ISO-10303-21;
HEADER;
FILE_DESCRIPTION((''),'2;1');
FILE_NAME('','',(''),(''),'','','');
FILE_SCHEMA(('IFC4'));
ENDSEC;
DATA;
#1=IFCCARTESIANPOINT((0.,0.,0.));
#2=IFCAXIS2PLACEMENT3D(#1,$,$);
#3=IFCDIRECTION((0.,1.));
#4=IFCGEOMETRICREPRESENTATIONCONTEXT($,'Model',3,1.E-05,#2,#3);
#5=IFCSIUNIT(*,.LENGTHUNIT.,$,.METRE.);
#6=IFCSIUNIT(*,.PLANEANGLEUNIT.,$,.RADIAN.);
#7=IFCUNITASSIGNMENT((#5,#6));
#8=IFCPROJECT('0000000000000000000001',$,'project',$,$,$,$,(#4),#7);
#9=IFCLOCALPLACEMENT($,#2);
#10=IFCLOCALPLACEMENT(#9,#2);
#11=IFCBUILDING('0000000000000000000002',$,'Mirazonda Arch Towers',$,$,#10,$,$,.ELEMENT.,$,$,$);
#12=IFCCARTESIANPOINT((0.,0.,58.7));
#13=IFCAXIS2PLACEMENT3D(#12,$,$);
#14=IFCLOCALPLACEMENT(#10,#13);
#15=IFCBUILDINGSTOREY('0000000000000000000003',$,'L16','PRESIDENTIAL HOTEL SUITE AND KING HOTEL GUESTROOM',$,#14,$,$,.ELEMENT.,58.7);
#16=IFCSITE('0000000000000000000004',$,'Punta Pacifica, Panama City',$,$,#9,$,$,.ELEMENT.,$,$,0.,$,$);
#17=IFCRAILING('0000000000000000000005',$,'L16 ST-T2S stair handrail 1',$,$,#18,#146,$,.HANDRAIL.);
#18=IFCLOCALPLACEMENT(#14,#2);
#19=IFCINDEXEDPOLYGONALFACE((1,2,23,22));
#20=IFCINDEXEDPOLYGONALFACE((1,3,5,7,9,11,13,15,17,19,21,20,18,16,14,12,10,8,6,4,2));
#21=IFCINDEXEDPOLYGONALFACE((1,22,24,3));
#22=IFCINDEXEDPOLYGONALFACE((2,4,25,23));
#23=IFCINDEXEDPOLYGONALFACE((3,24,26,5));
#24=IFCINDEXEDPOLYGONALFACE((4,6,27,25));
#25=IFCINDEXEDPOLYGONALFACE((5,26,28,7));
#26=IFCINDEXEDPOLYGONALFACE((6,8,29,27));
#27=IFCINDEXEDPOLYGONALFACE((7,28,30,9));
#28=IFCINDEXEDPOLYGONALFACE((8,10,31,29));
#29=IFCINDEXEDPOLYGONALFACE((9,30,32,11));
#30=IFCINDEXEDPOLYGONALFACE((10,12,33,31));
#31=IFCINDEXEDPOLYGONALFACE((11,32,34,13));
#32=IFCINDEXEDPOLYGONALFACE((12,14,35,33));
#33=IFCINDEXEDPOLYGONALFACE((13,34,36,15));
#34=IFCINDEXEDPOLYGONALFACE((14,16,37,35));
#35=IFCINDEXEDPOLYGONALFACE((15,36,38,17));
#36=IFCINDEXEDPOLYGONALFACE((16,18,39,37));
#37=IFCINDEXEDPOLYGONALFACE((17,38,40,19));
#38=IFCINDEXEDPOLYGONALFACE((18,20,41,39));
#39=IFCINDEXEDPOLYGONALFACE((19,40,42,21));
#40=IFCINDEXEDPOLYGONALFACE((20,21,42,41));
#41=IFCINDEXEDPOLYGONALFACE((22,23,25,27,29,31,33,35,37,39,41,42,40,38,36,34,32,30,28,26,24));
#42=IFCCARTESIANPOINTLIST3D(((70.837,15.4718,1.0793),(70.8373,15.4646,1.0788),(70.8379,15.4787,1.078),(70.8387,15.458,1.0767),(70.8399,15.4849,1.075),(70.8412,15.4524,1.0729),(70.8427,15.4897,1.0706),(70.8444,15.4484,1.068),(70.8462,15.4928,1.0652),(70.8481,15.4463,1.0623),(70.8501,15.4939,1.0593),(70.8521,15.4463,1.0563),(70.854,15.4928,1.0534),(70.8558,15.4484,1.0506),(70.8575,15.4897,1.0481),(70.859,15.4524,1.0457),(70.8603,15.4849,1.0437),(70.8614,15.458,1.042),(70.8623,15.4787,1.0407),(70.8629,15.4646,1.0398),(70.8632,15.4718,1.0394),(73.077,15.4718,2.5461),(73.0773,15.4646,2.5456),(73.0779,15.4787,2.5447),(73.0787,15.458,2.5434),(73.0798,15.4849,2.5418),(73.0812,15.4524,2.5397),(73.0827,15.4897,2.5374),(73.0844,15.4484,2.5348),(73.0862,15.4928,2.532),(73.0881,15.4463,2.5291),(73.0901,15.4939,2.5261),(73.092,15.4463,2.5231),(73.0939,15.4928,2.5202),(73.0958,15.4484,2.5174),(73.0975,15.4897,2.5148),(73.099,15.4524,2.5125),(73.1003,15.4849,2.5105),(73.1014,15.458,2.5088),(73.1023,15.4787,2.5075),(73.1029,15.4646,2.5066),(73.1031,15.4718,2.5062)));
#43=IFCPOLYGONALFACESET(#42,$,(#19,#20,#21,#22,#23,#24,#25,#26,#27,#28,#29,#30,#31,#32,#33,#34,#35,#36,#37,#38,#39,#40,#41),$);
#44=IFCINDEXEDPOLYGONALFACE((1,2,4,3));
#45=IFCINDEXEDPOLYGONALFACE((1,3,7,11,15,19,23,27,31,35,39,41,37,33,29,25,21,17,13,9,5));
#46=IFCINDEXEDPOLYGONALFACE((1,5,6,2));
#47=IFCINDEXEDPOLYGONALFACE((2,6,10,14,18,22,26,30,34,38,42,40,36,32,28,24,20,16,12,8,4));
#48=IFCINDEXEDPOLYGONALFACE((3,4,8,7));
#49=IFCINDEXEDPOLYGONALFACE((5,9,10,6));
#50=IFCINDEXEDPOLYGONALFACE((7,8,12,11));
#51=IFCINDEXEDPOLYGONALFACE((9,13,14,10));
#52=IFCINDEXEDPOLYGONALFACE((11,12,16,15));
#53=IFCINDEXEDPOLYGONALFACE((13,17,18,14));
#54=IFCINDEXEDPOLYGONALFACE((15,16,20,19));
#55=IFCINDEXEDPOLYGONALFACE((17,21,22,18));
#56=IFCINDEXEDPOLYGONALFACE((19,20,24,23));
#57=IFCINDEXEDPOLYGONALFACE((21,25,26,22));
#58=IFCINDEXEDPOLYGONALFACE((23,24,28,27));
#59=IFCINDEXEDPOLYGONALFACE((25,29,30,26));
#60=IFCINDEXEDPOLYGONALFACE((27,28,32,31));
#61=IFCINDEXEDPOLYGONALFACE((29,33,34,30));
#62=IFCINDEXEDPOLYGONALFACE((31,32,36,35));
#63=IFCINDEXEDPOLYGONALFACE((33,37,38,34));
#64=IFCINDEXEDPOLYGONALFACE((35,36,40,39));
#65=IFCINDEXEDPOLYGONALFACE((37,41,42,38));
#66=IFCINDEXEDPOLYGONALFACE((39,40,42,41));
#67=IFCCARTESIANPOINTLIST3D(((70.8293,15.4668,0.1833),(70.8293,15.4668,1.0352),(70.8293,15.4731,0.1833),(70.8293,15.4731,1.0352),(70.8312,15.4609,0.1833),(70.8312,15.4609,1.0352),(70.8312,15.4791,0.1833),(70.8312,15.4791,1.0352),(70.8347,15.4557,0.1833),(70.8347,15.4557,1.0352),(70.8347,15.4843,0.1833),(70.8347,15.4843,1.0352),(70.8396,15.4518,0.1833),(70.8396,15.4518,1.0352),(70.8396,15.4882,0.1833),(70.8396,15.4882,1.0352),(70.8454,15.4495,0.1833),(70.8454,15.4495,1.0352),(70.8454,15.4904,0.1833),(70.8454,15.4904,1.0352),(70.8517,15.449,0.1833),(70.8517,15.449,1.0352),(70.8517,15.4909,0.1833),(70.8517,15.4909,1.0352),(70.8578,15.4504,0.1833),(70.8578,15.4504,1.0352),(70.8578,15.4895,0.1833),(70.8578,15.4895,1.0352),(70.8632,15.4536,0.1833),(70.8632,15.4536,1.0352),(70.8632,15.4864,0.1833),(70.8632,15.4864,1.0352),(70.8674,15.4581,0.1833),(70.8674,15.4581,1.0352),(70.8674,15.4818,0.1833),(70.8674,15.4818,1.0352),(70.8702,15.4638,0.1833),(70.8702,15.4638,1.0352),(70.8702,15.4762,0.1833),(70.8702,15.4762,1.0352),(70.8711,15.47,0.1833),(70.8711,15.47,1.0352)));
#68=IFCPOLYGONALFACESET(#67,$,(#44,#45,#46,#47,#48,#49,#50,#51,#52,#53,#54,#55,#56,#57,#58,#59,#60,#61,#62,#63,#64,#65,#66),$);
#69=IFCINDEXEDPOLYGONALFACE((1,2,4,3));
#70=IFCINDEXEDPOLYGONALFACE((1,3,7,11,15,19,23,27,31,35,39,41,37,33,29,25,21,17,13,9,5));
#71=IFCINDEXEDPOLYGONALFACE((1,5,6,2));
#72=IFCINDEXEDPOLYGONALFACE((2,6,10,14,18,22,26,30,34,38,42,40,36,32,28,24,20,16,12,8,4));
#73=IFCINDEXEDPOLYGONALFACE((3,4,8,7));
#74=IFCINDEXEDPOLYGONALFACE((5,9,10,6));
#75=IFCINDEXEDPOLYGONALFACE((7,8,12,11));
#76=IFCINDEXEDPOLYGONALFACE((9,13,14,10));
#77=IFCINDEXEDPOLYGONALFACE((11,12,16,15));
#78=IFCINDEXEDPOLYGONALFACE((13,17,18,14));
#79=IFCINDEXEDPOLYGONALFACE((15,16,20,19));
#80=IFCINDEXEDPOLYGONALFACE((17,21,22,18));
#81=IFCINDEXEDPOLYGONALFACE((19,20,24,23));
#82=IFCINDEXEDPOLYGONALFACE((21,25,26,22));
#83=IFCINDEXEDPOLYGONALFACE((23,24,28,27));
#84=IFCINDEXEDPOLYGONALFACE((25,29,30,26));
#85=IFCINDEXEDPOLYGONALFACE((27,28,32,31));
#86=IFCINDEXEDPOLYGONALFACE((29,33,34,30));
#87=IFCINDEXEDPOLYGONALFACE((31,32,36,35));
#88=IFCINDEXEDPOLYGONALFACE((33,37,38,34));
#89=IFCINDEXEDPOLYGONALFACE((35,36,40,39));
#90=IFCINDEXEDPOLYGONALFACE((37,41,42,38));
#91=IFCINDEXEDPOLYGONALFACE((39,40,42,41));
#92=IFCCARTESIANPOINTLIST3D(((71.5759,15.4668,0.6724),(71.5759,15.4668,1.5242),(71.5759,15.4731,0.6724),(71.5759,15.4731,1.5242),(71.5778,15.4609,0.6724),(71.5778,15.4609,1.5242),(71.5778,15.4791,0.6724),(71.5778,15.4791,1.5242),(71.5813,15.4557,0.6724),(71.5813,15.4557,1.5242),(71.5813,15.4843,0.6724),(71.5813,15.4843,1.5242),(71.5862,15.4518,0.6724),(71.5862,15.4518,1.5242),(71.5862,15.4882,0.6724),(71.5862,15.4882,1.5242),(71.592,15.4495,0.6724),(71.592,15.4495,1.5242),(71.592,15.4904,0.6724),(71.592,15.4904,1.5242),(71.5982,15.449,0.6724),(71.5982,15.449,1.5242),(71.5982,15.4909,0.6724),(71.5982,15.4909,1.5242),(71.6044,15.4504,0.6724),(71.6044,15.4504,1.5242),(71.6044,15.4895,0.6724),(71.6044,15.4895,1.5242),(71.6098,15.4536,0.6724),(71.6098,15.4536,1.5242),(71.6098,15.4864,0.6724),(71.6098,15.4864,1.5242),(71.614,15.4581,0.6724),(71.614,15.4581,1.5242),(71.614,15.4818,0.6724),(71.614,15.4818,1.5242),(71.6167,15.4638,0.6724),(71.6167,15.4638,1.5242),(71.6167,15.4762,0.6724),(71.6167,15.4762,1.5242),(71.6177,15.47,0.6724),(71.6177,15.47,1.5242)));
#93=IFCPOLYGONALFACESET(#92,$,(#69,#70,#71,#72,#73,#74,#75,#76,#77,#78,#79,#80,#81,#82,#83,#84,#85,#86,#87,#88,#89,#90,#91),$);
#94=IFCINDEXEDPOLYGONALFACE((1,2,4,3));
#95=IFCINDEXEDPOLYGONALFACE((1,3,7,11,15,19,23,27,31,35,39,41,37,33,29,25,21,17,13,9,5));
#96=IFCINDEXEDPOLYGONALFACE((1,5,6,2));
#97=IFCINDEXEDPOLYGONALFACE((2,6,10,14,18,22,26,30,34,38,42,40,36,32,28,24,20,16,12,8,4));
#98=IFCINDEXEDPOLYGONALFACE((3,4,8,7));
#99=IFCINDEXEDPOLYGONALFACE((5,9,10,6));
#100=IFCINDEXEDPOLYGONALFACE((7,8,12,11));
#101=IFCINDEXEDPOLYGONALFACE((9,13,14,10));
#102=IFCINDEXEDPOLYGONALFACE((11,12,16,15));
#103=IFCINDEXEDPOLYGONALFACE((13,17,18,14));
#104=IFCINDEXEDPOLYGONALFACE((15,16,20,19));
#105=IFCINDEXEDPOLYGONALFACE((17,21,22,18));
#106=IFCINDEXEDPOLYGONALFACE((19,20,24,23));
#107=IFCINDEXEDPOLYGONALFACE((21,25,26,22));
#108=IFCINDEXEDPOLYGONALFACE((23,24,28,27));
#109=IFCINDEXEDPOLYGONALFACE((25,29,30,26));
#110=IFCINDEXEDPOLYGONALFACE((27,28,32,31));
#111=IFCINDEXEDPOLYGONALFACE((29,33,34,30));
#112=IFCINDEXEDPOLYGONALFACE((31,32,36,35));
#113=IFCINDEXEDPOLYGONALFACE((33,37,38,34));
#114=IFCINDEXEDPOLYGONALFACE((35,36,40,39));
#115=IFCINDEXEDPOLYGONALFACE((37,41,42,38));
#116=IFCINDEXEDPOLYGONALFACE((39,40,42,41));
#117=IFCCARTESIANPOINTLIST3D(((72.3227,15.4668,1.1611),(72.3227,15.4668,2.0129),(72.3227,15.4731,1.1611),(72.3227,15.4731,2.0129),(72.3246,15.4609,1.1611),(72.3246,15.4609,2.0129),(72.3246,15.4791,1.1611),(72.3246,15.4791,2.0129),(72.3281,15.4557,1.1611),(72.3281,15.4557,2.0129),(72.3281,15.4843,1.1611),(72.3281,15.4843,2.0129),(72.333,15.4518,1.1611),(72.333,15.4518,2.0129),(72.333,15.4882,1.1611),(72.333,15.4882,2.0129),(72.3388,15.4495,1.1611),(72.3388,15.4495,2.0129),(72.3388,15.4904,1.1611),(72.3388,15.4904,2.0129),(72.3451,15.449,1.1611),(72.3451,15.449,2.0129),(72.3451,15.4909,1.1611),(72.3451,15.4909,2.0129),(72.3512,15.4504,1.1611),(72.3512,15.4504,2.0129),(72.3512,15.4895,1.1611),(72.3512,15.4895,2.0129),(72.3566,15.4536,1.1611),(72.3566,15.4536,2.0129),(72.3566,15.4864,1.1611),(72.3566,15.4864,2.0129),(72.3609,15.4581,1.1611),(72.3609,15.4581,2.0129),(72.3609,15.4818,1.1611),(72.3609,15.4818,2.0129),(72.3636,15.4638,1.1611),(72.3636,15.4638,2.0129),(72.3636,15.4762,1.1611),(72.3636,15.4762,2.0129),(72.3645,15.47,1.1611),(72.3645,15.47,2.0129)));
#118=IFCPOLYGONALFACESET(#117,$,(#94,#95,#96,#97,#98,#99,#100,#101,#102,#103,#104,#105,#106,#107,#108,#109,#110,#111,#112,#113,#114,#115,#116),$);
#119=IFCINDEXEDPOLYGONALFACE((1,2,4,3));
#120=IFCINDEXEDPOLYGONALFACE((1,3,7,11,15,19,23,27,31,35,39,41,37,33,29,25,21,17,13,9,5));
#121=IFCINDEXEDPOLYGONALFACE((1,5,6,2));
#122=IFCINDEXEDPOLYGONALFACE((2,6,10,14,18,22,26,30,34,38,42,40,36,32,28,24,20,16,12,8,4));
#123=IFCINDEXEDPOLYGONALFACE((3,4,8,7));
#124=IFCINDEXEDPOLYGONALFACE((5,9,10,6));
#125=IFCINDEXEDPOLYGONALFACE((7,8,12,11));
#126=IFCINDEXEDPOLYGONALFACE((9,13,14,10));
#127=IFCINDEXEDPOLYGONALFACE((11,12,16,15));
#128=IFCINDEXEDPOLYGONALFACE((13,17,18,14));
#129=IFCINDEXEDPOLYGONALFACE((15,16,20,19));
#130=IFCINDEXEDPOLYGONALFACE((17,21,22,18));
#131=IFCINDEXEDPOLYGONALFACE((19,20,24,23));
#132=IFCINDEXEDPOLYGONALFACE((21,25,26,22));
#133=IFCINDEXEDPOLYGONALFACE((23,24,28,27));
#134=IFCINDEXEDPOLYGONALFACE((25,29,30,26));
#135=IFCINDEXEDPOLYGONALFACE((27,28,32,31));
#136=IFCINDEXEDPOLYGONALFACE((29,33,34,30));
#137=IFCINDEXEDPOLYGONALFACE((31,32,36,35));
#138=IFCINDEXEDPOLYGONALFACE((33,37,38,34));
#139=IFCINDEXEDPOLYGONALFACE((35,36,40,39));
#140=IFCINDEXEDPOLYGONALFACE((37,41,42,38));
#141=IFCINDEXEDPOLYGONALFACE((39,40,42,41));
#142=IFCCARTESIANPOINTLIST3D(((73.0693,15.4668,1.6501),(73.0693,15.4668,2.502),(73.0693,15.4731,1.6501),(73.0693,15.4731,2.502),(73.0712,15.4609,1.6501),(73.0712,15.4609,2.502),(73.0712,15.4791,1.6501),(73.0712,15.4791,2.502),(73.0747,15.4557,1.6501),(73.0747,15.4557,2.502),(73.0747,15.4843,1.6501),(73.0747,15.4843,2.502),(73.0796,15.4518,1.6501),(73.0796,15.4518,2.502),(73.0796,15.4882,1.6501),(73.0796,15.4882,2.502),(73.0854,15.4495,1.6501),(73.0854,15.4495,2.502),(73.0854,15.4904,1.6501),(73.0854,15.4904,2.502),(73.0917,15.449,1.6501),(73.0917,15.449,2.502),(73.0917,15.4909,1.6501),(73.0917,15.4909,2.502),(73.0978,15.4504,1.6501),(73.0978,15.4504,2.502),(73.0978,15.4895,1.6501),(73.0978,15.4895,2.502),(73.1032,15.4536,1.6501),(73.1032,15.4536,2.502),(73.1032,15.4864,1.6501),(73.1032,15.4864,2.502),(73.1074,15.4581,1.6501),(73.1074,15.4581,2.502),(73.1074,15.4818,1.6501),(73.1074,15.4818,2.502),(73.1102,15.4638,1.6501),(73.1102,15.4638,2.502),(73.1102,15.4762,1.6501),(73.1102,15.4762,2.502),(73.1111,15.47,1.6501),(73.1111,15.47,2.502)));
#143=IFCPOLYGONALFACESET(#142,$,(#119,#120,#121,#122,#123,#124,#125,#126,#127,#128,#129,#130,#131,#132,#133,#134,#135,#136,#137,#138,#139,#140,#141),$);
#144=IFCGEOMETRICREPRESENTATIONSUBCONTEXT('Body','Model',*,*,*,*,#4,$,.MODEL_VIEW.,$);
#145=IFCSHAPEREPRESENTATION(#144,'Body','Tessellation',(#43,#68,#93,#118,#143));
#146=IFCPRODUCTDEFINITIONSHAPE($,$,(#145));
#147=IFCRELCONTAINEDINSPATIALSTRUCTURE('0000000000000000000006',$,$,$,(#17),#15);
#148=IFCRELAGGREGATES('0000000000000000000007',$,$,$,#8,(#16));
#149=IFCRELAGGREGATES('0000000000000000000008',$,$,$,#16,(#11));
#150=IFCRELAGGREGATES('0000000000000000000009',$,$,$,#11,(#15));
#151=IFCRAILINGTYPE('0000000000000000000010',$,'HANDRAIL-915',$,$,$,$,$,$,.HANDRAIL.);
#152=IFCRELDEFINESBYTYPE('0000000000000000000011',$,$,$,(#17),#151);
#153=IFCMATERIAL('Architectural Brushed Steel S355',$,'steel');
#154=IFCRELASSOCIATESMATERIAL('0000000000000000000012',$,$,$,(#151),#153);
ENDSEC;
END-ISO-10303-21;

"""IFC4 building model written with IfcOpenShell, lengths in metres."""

from ifc_helpers import new_model, si_unit, direction, frame, origin, origin_2d, place, context, subcontext, project, spatial, circle, extrude, material, type_object, element, save


model = new_model("IFC4")

# Units and contexts
model_context = context("Model", 3, precision=1e-05, world=origin(), true_north=direction((0.0, 1.0)))
body_context = subcontext(model_context, "Body", "Model", "MODEL_VIEW")
ifc_project = project(units=[si_unit("LENGTHUNIT", "METRE"), si_unit("PLANEANGLEUNIT", "RADIAN")], contexts=[model_context])

# Site, building, storey
site_placement = place(None, origin())
site = spatial("IfcSite", under=ifc_project, at=site_placement, Name="Punta Pacifica, Panama City", CompositionType="ELEMENT", RefElevation=0.0)
building_placement = place(site_placement, origin())
building = spatial("IfcBuilding", under=site, at=building_placement, Name="Mirazonda Arch Towers", CompositionType="ELEMENT")
storey_placement = place(building_placement, frame((0.0, 0.0, 58.7)))
storey = spatial("IfcBuildingStorey", under=building, at=storey_placement, Name="L16", Description="PRESIDENTIAL HOTEL SUITE AND KING HOTEL GUESTROOM", CompositionType="ELEMENT", Elevation=58.7)

# Railing
ifc_material_1 = material(Name="Architectural Brushed Steel S355", Category="steel")
railing_type_1 = type_object("IfcRailingType", Name="HANDRAIL-915", PredefinedType="HANDRAIL", material=ifc_material_1)
railing_1_placement = place(storey_placement, frame((70.8501, 15.47, 0.1833)))
element("IfcRailing", 1, at=railing_1_placement, inside=storey, type_object=railing_type_1, Name="L16 ST-T2S stair handrail 1", PredefinedType="HANDRAIL", context=body_context, shape_type="SweptSolid", body=[
    extrude(circle(Radius=0.0239, at=origin_2d()), frame((0.0, 0.0, 0.876), z_axis=(0.836595, 0.0, 0.547822), x_axis=(0.0, 1.0, 0.0)), (0.0, 0.0, 1.0), 2.6775),
    extrude(circle(Radius=0.021, at=origin_2d()), origin(), (0.0, 0.0, 1.0), 0.8518),
    extrude(circle(Radius=0.021, at=origin_2d()), frame((0.7466, 0.0, 0.489)), (0.0, 0.0, 1.0), 0.8518),
    extrude(circle(Radius=0.021, at=origin_2d()), frame((1.4934, 0.0, 0.9778)), (0.0, 0.0, 1.0), 0.8518),
    extrude(circle(Radius=0.021, at=origin_2d()), frame((2.24, 0.0, 1.4668)), (0.0, 0.0, 1.0), 0.8518),
])

save(model, "model.ifc")
